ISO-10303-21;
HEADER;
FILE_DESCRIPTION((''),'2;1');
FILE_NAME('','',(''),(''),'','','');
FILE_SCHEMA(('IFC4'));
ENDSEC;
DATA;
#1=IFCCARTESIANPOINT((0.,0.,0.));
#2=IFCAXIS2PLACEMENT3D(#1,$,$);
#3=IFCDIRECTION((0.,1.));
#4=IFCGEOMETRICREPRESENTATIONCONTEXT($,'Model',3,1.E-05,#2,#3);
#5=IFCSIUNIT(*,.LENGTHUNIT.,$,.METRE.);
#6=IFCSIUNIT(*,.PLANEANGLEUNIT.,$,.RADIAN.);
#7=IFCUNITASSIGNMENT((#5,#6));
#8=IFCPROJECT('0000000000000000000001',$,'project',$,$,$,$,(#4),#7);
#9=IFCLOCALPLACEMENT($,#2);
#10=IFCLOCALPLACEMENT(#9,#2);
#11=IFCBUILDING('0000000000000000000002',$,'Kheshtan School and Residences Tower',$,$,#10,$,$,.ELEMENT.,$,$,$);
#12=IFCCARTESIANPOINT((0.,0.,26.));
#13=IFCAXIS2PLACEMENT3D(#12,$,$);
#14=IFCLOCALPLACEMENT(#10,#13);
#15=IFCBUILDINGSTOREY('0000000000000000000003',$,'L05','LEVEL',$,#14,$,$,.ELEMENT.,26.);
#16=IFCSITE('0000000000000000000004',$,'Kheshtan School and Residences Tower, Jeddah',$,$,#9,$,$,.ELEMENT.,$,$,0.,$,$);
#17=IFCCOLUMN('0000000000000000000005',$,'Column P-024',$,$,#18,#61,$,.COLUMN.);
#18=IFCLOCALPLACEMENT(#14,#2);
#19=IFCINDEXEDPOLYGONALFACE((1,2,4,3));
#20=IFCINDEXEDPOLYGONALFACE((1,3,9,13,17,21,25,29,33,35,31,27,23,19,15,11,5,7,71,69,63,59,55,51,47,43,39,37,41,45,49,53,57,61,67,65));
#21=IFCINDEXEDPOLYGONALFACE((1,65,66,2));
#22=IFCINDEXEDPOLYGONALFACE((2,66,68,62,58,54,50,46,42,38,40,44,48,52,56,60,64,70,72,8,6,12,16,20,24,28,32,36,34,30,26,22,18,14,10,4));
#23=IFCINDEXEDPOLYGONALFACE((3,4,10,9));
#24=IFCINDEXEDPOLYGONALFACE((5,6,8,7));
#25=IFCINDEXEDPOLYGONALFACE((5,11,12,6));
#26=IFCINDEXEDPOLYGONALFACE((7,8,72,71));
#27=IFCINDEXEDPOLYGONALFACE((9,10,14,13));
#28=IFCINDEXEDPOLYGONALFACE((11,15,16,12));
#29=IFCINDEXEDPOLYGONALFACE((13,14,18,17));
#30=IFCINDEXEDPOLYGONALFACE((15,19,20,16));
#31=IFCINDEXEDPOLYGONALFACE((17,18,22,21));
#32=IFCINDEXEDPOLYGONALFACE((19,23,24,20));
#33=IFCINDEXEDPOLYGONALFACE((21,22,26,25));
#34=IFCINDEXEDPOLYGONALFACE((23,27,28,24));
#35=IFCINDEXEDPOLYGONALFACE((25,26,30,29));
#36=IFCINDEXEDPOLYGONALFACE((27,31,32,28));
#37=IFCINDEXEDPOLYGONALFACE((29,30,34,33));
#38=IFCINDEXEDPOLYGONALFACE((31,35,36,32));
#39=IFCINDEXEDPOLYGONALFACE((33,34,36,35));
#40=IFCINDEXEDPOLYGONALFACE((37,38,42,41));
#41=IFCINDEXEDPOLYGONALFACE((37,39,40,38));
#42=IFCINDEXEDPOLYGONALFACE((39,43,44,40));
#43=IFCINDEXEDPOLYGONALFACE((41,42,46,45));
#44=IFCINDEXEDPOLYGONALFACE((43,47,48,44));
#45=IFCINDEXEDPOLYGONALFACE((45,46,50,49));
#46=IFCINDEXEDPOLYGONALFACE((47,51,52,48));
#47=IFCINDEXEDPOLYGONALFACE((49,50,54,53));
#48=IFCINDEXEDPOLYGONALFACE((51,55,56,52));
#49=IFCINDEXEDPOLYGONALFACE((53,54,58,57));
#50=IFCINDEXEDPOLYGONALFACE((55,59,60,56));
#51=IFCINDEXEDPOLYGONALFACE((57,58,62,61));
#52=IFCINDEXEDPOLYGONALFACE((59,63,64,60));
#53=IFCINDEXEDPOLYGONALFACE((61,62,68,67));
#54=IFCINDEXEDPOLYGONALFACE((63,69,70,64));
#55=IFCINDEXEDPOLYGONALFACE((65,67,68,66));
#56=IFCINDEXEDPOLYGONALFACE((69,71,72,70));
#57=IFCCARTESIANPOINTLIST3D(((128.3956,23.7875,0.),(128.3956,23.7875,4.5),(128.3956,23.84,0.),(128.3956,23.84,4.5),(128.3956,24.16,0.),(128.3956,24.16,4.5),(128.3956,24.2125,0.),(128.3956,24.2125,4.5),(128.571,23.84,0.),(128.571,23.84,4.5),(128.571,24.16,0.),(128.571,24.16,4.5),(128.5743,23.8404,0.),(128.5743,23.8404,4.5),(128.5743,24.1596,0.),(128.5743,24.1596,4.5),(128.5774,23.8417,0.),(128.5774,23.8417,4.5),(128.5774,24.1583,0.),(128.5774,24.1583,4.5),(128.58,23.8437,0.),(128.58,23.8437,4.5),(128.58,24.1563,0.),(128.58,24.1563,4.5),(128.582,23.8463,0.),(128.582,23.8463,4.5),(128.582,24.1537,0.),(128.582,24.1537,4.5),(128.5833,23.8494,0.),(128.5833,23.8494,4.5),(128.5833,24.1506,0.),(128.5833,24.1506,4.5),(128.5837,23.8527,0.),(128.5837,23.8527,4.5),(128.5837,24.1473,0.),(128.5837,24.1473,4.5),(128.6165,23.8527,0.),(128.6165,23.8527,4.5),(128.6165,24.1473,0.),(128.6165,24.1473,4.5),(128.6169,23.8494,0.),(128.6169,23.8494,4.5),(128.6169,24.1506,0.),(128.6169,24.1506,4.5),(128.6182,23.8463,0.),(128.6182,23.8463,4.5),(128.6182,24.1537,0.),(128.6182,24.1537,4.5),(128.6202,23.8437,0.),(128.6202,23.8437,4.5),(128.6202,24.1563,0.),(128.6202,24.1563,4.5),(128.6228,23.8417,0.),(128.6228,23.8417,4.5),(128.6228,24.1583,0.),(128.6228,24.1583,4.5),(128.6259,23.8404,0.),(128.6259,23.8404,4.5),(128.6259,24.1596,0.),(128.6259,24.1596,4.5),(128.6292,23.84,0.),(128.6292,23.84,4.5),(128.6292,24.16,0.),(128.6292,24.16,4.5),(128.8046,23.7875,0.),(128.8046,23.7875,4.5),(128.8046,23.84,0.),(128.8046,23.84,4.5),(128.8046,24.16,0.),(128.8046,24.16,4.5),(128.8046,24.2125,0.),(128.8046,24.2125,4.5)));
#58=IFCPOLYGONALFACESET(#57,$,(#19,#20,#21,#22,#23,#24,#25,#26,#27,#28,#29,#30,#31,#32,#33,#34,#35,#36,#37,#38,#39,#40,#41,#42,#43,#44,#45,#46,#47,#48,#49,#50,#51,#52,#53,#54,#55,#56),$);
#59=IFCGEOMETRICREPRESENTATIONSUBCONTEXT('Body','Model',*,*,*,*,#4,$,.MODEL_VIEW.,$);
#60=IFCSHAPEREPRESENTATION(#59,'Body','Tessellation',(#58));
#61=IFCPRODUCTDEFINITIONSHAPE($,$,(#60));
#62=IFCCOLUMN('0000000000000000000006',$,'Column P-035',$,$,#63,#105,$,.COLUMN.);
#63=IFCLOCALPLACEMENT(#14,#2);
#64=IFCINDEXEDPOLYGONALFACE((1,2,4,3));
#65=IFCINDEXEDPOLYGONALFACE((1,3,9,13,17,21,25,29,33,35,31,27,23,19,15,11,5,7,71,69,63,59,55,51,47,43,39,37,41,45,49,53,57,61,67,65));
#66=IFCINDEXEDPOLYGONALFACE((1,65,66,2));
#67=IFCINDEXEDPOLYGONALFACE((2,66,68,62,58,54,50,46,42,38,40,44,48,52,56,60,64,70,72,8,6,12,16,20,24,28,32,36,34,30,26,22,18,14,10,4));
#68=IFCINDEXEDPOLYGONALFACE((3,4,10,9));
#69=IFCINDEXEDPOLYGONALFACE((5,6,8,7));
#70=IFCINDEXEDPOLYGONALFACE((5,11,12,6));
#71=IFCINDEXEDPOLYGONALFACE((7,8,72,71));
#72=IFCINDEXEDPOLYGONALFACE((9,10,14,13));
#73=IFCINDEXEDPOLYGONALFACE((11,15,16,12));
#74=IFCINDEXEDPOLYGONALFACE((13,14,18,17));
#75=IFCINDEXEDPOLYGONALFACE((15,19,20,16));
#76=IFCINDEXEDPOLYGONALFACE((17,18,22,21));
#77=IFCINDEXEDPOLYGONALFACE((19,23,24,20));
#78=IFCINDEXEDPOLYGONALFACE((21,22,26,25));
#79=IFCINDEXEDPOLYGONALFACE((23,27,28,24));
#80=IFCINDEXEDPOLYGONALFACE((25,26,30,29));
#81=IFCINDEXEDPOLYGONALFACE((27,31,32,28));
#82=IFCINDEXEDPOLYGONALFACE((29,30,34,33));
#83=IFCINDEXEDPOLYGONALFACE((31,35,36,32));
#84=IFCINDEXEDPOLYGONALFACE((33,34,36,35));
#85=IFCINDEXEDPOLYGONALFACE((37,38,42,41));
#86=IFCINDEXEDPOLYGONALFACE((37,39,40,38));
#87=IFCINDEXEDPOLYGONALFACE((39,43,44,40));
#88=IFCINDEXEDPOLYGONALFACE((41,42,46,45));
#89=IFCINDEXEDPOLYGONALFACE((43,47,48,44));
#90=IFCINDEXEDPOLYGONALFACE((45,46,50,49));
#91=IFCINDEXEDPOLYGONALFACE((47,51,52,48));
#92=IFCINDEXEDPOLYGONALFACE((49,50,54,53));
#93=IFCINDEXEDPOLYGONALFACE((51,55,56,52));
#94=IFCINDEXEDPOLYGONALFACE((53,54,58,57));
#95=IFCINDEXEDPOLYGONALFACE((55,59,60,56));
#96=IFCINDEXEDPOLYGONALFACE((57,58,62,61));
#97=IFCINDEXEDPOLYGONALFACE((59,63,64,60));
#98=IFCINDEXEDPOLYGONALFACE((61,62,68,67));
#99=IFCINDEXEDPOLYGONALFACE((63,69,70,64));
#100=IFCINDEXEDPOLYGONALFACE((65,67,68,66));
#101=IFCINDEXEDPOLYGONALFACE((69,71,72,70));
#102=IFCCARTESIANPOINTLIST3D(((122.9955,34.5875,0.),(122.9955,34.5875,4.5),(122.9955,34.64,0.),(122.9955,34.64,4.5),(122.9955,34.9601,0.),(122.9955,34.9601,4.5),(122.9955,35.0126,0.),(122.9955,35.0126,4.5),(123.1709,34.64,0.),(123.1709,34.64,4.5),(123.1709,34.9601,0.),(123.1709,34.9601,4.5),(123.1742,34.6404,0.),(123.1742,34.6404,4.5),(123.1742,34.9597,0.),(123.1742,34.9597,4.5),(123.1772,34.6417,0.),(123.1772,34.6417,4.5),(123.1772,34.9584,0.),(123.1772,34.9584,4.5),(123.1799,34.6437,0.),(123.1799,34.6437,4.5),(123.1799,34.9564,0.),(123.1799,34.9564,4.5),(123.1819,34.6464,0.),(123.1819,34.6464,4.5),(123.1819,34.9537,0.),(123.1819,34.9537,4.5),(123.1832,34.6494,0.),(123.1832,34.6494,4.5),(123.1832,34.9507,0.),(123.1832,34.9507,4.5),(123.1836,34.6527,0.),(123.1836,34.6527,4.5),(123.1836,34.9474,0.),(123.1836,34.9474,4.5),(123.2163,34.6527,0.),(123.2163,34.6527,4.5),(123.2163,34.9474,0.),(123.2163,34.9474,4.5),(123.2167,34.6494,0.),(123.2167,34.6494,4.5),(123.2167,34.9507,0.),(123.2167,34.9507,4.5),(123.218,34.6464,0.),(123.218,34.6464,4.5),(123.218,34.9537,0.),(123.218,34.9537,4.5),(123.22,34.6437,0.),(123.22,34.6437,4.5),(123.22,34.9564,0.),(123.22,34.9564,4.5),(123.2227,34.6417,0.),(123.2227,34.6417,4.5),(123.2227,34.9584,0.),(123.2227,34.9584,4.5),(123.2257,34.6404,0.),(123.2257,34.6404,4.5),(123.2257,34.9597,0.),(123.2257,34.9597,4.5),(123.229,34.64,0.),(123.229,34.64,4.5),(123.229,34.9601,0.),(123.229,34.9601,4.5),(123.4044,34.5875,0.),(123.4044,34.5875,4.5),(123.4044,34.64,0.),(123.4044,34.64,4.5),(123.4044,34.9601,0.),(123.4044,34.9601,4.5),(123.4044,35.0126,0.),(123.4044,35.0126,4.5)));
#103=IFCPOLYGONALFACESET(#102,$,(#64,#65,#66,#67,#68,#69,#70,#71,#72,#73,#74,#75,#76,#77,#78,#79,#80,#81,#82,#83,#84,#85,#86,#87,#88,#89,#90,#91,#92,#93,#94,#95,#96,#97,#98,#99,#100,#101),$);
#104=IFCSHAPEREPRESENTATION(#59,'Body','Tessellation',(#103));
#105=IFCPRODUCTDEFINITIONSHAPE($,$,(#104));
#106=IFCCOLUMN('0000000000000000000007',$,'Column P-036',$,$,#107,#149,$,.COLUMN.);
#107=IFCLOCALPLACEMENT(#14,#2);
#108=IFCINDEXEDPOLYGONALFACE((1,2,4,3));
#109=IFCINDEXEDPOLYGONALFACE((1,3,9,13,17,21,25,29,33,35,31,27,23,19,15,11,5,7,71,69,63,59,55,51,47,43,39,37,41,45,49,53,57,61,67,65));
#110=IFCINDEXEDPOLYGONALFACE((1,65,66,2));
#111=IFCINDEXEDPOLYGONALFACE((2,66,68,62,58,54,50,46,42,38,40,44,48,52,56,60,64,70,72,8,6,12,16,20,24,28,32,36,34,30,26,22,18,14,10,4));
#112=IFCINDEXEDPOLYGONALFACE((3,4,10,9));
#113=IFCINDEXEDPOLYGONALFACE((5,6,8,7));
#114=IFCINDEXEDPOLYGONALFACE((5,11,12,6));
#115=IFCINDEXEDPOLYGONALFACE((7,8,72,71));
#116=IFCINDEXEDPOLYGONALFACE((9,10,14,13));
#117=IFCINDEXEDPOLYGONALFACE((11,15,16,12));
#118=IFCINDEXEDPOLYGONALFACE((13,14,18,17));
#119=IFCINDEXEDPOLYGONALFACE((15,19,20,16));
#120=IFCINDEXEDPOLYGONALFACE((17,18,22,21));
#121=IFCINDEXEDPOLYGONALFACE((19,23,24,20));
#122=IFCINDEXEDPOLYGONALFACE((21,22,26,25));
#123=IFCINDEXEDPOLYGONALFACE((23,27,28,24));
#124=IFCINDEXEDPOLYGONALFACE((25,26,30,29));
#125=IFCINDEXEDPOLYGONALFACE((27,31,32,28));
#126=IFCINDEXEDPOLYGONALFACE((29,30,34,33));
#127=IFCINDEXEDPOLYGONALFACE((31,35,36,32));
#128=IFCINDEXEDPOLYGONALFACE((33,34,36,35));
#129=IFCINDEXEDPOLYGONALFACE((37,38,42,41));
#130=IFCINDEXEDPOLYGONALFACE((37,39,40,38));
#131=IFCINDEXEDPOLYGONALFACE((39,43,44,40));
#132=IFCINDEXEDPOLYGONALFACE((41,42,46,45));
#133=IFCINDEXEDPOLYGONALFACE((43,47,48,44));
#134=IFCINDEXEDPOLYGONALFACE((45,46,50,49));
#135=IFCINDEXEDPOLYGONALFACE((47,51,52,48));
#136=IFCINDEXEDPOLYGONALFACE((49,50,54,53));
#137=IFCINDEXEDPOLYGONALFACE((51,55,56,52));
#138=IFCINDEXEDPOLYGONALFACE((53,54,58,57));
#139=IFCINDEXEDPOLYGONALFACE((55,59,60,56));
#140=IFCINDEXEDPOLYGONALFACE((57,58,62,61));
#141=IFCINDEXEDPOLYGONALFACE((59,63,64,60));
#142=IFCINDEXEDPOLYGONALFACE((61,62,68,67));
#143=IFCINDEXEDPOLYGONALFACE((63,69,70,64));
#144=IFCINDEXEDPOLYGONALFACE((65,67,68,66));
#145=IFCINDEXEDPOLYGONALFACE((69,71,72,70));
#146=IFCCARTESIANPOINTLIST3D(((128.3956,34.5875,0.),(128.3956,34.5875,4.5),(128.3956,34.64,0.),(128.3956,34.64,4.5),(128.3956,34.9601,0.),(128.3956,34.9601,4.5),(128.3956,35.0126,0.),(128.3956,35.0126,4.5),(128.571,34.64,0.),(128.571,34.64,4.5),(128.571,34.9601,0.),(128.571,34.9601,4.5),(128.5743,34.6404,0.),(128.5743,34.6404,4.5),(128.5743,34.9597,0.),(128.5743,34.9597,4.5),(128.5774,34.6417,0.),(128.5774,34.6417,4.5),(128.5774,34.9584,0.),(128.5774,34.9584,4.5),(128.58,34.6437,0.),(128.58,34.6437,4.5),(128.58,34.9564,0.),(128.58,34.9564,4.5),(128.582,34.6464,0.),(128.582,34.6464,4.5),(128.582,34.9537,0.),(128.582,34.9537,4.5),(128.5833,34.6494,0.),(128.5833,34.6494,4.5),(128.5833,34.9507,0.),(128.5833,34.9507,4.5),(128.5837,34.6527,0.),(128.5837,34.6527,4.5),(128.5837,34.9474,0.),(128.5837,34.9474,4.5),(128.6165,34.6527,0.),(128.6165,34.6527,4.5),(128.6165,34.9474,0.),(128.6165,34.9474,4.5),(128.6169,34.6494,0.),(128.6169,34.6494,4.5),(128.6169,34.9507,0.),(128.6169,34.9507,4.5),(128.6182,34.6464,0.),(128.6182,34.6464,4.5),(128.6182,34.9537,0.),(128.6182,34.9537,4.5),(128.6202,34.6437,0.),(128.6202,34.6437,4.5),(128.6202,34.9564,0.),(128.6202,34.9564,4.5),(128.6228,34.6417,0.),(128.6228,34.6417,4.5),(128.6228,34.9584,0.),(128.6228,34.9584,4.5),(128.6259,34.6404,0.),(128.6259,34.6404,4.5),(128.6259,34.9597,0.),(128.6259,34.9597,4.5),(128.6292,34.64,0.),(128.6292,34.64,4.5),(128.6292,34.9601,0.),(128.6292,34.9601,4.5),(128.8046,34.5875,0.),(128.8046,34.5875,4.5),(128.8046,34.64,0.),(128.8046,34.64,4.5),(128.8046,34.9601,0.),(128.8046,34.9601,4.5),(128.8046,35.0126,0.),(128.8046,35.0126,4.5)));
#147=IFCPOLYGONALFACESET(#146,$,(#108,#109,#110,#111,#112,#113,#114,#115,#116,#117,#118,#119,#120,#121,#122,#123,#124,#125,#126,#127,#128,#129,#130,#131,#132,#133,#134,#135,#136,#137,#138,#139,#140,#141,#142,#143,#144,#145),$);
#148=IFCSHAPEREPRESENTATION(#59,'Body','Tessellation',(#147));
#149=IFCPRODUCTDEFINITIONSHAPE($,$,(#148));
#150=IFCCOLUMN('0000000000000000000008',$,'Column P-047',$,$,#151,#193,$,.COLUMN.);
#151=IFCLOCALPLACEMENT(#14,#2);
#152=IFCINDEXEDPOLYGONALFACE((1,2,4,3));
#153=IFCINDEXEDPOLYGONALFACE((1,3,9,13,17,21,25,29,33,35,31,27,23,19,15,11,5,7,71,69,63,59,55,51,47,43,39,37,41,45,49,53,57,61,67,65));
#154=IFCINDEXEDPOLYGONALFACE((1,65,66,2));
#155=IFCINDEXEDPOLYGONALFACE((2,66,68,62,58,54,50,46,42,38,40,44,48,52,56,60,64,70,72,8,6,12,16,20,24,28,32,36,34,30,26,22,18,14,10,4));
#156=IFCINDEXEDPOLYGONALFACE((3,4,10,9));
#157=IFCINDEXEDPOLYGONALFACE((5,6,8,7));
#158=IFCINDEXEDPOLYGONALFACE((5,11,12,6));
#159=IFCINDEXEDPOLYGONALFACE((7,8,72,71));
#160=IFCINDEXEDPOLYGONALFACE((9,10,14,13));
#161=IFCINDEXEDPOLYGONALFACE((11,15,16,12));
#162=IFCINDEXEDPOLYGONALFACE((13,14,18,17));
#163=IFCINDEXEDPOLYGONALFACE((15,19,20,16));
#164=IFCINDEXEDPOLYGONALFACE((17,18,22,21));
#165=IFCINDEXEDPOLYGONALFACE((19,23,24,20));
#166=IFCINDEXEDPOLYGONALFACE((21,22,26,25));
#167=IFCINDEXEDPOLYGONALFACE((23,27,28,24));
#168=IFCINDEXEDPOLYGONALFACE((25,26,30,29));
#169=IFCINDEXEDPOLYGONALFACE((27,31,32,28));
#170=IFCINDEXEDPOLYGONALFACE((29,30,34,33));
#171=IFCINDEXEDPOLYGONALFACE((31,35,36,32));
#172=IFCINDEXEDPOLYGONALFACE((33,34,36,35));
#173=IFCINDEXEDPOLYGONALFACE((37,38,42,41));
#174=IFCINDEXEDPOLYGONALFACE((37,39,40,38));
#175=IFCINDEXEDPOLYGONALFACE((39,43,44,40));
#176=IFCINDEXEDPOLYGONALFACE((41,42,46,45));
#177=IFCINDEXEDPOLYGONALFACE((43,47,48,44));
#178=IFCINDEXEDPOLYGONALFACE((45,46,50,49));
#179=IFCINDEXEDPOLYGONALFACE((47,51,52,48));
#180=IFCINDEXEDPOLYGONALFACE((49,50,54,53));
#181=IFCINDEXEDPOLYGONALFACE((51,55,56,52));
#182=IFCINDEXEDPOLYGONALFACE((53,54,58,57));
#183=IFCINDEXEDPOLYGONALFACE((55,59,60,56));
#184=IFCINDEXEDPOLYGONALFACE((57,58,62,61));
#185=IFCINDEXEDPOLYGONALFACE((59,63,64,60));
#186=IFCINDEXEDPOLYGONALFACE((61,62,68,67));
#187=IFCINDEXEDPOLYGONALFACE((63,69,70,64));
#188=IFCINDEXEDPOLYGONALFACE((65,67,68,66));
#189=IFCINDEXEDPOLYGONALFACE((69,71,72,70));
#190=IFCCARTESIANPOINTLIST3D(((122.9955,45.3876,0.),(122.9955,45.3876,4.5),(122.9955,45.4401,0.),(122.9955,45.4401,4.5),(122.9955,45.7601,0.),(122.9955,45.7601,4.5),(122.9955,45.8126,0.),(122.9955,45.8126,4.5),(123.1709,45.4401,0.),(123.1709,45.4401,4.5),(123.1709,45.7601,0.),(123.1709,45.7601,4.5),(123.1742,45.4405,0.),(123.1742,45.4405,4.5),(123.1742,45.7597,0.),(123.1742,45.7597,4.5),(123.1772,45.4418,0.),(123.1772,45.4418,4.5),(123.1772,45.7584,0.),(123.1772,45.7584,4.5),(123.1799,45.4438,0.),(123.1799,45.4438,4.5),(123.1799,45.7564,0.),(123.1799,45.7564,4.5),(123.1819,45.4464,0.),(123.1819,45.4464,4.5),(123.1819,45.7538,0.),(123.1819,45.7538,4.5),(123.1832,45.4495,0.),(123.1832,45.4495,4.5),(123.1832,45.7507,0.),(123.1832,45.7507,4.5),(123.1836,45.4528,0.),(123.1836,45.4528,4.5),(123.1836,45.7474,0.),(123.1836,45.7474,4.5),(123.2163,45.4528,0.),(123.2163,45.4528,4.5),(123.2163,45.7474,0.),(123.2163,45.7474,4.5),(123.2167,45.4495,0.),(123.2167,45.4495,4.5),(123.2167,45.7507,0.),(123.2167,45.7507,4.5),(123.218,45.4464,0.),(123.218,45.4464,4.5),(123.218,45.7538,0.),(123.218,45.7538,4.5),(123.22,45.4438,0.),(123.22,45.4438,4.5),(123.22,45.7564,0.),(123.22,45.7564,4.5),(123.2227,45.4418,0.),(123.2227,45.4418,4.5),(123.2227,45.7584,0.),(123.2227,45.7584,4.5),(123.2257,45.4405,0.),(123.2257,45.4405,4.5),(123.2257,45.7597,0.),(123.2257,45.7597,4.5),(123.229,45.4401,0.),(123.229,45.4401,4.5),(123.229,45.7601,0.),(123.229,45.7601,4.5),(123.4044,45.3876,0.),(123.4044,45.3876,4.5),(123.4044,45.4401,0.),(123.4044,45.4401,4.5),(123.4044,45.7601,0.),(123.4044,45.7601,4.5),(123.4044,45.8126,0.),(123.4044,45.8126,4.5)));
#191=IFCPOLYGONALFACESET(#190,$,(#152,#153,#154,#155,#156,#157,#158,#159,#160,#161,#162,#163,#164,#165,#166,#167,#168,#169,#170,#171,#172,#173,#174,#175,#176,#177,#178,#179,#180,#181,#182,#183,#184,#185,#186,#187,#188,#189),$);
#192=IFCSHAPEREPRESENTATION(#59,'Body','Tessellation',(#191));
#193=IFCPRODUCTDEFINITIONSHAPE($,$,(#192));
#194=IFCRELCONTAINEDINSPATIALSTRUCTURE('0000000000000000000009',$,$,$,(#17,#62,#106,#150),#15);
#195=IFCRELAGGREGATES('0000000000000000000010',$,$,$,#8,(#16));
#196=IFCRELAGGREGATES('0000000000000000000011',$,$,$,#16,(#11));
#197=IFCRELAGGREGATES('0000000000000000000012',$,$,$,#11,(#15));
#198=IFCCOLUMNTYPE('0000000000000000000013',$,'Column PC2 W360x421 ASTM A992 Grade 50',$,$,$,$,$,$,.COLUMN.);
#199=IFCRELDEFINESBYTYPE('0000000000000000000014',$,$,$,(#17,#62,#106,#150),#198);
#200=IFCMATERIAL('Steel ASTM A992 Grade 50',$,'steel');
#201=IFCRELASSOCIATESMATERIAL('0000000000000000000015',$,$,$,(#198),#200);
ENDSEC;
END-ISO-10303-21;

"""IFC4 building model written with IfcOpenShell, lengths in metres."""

from ifc_helpers import new_model, si_unit, direction, frame, origin, origin_2d, place, context, subcontext, project, spatial, i_section, extrude, material, material_profile, profile_set, type_object, element, save


model = new_model("IFC4")

# Units and contexts
model_context = context("Model", 3, precision=1e-05, world=origin(), true_north=direction((0.0, 1.0)))
body_context = subcontext(model_context, "Body", "Model", "MODEL_VIEW")
ifc_project = project(units=[si_unit("LENGTHUNIT", "METRE"), si_unit("PLANEANGLEUNIT", "RADIAN")], contexts=[model_context])

# Site, building, storey
site_placement = place(None, origin())
site = spatial("IfcSite", under=ifc_project, at=site_placement, Name="Kheshtan School and Residences Tower, Jeddah", CompositionType="ELEMENT", RefElevation=0.0)
building_placement = place(site_placement, origin())
building = spatial("IfcBuilding", under=site, at=building_placement, Name="Kheshtan School and Residences Tower", CompositionType="ELEMENT")
storey_placement = place(building_placement, frame((0.0, 0.0, 26.0)))
storey = spatial("IfcBuildingStorey", under=building, at=storey_placement, Name="L05", Description="LEVEL", CompositionType="ELEMENT", Elevation=26.0)

# Columns
ifc_material_1 = material(Name="Steel ASTM A992 Grade 50", Category="steel")
ifc_material_profile = material_profile(ifc_material_1, i_section(OverallWidth=0.4089, OverallDepth=0.425, WebThickness=0.0327, FlangeThickness=0.0525, FilletRadius=0.0127, at=origin_2d()), Name="W360x421")
ifc_profile_set = profile_set([ifc_material_profile], Name="Steel ASTM A992 Grade 50")
column_type = type_object("IfcColumnType", Name="Column PC2 W360x421 ASTM A992 Grade 50", PredefinedType="COLUMN", material=ifc_profile_set)
for number, where, z_axis, x_axis, name in (
    (1, (128.6001, 24.0, 0.0), (0.0, 0.0, 1.0), (1.0, 0.0, 0.0), "Column P-024"),
    (2, (123.2, 34.8, 0.0), (0.0, 0.0, 1.0), (1.0, 0.0, 0.0), "Column P-035"),
    (3, (128.6001, 34.8, 0.0), (0.0, 0.0, 1.0), (1.0, 0.0, 0.0), "Column P-036"),
    (4, (123.2, 45.6001, 0.0), (0.0, 0.0, 1.0), (1.0, 0.0, 0.0), "Column P-047"),
):
    element("IfcColumn", number, at=place(storey_placement, frame(where, z_axis=z_axis, x_axis=x_axis)), inside=storey, type_object=column_type, Name=name, PredefinedType="COLUMN", context=body_context, shape_type="SweptSolid", body=[
        extrude(i_section(OverallWidth=0.4089, OverallDepth=0.425, WebThickness=0.0327, FlangeThickness=0.0525, FilletRadius=0.0127, at=origin_2d()), origin(), (0.0, 0.0, 1.0), 4.5),
    ])

save(model, "model.ifc")
